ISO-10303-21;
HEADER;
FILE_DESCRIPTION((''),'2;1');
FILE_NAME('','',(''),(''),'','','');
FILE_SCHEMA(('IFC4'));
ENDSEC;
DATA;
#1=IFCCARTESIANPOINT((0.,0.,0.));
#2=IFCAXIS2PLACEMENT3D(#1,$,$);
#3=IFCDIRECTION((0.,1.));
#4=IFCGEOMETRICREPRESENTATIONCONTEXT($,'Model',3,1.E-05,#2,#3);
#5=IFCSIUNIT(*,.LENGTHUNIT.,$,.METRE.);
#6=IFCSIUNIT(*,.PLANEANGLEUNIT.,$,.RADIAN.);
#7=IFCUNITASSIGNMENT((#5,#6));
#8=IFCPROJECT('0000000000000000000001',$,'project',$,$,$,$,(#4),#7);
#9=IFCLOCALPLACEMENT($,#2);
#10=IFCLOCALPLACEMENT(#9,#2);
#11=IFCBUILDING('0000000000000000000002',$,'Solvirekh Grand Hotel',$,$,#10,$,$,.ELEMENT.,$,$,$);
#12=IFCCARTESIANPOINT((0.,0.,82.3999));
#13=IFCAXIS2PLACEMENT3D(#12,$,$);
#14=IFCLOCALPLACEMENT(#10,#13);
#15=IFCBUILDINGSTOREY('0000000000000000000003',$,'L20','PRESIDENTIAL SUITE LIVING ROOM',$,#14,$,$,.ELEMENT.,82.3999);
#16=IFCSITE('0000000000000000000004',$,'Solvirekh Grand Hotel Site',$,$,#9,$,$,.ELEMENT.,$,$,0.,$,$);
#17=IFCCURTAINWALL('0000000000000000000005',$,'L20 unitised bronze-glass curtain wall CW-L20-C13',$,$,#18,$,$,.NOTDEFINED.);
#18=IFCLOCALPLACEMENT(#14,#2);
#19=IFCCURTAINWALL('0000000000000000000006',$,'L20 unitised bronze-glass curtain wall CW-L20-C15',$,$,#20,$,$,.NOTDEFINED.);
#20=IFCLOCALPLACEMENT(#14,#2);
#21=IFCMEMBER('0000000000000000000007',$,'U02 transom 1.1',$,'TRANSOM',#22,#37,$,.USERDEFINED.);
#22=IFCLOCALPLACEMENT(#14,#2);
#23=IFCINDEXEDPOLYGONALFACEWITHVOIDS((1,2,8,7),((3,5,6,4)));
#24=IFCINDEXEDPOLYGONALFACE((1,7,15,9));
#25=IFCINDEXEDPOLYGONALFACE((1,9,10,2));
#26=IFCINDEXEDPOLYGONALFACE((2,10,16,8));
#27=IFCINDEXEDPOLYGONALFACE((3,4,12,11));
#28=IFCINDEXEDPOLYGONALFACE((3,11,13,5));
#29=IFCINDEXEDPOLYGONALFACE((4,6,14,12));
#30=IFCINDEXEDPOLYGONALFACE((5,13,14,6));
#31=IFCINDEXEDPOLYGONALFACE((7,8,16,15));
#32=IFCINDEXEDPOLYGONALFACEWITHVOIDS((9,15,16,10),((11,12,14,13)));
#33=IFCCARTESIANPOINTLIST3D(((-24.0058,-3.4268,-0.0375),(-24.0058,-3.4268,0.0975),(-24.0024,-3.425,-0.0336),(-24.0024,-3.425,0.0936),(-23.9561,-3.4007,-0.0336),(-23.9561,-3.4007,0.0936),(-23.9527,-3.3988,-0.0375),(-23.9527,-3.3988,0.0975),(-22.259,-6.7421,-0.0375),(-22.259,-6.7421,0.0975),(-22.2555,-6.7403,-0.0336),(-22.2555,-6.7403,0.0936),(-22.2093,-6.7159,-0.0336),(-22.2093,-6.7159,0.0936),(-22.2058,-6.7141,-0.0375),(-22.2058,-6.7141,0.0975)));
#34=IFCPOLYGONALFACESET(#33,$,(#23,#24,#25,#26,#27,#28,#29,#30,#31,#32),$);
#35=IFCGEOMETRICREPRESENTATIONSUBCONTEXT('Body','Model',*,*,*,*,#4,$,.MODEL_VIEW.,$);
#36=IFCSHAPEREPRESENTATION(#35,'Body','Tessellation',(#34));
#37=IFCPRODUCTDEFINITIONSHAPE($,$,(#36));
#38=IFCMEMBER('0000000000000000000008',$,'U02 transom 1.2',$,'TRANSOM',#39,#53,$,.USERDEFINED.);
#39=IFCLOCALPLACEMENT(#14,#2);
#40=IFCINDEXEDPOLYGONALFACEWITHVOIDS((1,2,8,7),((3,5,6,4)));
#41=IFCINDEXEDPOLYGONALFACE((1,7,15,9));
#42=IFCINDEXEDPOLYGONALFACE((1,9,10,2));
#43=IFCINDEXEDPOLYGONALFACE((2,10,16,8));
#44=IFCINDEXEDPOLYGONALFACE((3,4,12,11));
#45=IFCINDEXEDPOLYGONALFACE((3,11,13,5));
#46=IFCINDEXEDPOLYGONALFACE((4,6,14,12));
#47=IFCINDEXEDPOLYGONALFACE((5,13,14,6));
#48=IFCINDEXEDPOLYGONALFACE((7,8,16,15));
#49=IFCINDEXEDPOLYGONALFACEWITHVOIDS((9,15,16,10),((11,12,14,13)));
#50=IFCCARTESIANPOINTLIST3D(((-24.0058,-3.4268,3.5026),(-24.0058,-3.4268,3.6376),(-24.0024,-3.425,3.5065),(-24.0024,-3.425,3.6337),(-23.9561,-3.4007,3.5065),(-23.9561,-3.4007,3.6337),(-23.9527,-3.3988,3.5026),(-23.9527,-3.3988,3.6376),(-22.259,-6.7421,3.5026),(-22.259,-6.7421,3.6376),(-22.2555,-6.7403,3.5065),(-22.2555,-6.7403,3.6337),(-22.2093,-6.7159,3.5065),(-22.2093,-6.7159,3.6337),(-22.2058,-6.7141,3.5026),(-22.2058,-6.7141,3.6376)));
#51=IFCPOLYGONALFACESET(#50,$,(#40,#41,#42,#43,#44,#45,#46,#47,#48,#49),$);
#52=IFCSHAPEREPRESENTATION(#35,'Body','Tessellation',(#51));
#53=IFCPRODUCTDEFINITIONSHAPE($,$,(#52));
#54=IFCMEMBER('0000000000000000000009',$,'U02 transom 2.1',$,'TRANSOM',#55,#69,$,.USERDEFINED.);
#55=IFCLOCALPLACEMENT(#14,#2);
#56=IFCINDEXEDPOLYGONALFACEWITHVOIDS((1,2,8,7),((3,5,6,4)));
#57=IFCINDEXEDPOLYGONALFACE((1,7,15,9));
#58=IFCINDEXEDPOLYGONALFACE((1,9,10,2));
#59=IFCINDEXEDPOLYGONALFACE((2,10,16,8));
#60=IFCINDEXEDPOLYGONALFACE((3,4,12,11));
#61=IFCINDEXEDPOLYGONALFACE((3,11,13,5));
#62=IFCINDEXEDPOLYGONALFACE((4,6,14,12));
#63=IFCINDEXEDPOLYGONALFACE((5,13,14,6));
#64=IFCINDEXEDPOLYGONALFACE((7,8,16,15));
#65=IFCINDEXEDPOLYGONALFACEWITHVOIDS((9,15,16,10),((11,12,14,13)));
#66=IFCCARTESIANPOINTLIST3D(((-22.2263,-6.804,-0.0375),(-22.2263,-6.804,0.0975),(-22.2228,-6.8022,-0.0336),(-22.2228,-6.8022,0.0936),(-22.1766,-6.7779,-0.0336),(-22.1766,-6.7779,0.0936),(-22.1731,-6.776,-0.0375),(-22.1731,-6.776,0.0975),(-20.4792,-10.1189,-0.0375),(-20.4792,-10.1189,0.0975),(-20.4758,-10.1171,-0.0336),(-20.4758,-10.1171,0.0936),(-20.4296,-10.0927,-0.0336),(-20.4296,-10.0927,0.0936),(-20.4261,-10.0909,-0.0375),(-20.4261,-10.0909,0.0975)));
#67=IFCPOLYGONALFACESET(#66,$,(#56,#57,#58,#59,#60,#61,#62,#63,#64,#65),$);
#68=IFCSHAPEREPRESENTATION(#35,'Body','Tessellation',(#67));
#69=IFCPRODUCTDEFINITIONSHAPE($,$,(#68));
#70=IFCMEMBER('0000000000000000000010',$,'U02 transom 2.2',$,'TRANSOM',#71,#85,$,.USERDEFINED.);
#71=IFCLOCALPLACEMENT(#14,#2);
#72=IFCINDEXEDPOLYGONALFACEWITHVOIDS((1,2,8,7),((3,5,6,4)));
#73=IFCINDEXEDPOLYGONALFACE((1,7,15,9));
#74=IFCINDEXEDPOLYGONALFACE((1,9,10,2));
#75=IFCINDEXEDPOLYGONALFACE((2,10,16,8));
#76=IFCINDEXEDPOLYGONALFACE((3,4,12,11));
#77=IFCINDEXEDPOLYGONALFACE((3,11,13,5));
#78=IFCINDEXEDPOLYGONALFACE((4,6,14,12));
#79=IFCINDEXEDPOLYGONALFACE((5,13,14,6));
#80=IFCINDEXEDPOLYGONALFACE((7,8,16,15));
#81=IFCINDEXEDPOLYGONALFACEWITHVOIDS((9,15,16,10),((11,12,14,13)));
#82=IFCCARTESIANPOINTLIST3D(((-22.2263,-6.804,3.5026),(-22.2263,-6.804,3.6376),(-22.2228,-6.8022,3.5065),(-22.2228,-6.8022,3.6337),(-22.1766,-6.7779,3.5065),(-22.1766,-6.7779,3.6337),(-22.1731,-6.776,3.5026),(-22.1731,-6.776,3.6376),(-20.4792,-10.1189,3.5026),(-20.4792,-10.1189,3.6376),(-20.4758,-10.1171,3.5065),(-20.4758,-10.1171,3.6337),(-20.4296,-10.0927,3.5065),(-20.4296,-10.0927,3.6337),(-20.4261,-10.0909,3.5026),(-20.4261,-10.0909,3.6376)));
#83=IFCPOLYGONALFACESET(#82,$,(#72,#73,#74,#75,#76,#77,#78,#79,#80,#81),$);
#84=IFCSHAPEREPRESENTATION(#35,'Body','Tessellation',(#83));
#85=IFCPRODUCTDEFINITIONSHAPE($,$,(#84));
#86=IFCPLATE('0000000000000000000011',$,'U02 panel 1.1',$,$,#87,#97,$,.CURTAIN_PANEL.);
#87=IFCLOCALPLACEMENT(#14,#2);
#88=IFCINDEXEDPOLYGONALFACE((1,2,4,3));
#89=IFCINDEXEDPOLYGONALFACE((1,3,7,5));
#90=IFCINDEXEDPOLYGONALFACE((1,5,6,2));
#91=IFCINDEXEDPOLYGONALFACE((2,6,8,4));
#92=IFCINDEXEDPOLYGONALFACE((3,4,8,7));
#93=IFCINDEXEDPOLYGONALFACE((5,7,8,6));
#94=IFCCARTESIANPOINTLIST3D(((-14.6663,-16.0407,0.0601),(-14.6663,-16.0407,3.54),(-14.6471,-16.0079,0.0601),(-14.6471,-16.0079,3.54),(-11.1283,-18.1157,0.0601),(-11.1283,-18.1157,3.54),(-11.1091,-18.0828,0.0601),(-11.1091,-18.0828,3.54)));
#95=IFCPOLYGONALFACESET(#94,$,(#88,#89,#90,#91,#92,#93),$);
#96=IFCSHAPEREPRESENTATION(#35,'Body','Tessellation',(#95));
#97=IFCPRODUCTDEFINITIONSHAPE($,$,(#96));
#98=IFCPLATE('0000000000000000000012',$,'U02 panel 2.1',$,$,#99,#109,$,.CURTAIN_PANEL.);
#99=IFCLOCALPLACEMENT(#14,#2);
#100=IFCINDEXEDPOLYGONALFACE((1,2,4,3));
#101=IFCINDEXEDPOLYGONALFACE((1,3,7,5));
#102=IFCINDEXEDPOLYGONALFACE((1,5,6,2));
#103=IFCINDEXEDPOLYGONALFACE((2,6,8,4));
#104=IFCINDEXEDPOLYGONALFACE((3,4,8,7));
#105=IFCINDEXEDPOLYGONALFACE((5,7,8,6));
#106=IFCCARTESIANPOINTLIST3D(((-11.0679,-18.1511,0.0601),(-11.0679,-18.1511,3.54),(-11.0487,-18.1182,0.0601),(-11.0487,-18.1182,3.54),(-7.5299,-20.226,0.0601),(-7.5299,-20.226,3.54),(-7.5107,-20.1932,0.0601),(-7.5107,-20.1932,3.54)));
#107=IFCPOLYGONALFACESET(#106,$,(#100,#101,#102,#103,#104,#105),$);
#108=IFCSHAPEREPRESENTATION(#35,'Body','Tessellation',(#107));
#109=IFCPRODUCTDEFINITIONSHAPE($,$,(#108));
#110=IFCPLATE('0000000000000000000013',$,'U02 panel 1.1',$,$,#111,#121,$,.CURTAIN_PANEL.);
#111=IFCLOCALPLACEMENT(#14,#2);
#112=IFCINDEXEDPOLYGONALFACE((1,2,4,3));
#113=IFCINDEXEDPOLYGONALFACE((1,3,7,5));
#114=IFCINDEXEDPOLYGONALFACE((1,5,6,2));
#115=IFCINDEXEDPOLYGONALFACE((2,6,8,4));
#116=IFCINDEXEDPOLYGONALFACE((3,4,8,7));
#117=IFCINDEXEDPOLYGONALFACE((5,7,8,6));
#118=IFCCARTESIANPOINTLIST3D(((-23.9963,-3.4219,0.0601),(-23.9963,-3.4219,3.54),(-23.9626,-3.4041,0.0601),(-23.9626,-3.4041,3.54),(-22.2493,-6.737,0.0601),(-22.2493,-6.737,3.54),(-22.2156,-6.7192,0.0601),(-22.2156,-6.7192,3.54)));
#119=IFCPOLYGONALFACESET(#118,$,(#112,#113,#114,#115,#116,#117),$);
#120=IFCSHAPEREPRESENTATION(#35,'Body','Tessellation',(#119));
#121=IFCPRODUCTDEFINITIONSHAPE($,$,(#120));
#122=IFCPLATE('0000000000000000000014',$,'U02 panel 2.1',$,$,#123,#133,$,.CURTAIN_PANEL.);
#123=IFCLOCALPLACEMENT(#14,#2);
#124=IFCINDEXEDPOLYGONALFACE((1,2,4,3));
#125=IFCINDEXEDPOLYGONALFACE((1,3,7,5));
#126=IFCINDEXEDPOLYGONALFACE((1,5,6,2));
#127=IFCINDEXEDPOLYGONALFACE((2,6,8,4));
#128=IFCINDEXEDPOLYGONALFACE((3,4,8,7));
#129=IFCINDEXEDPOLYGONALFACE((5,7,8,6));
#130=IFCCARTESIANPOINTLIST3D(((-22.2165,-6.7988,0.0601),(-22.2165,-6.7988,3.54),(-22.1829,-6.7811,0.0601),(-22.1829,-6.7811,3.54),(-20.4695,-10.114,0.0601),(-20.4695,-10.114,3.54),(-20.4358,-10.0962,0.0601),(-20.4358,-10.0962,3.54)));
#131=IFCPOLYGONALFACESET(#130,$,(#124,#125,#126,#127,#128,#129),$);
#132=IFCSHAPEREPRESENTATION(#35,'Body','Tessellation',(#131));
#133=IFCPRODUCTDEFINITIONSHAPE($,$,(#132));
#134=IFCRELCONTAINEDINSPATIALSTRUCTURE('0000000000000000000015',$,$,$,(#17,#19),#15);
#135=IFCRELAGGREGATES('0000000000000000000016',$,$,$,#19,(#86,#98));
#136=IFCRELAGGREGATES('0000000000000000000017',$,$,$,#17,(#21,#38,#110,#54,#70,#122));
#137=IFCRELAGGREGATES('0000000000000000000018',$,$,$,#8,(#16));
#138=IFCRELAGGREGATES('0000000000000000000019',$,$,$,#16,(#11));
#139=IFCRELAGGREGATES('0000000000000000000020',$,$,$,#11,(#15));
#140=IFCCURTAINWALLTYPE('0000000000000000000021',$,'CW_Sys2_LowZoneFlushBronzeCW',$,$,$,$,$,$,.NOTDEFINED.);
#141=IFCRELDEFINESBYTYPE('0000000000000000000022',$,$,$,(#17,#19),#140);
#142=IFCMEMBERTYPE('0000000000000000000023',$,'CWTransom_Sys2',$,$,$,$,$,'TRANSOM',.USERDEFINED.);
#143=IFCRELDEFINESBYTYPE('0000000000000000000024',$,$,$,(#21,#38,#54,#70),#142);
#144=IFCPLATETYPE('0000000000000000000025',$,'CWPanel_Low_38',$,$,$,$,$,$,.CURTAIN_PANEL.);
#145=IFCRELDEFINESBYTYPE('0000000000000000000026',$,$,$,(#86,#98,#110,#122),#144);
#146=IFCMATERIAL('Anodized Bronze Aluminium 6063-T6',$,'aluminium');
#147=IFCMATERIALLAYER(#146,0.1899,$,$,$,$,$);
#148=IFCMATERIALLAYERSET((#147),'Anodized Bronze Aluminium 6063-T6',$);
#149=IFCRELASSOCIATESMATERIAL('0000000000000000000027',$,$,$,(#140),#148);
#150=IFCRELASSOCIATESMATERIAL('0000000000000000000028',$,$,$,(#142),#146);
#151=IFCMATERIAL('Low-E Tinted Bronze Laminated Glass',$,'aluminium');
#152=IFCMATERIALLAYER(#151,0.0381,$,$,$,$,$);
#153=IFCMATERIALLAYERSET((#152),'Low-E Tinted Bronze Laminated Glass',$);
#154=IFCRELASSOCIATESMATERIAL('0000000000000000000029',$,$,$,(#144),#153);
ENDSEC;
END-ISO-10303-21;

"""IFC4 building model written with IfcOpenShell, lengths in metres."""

from ifc_helpers import new_model, si_unit, direction, frame, origin, origin_2d, place, context, subcontext, project, spatial, rectangle, hollow_rectangle, extrude, source, transform, mapped, material, layer, layer_set, material_profile, profile_set, type_object, element, aggregate, save


model = new_model("IFC4")

# Units and contexts
model_context = context("Model", 3, precision=1e-05, world=origin(), true_north=direction((0.0, 1.0)))
body_context = subcontext(model_context, "Body", "Model", "MODEL_VIEW")
ifc_project = project(units=[si_unit("LENGTHUNIT", "METRE"), si_unit("PLANEANGLEUNIT", "RADIAN")], contexts=[model_context])

# Site, building, storey
site_placement = place(None, origin())
site = spatial("IfcSite", under=ifc_project, at=site_placement, Name="Solvirekh Grand Hotel Site", CompositionType="ELEMENT", RefElevation=0.0)
building_placement = place(site_placement, origin())
building = spatial("IfcBuilding", under=site, at=building_placement, Name="Solvirekh Grand Hotel", CompositionType="ELEMENT")
storey_placement = place(building_placement, frame((0.0, 0.0, 82.3999)))
storey = spatial("IfcBuildingStorey", under=building, at=storey_placement, Name="L20", Description="PRESIDENTIAL SUITE LIVING ROOM", CompositionType="ELEMENT", Elevation=82.3999)

# Curtain walls
ifc_material_1 = material(Name="Anodized Bronze Aluminium 6063-T6", Category="aluminium")
ifc_layer_1 = layer(ifc_material_1, 0.1899)
ifc_layer_set_1 = layer_set([ifc_layer_1], Name="Anodized Bronze Aluminium 6063-T6")
curtain_wall_type = type_object("IfcCurtainWallType", Name="CW_Sys2_LowZoneFlushBronzeCW", PredefinedType="NOTDEFINED", material=ifc_layer_set_1)
curtain_wall_1_placement = place(storey_placement, origin())
curtain_wall_1 = element("IfcCurtainWall", 1, at=curtain_wall_1_placement, inside=storey, type_object=curtain_wall_type, Name="L20 unitised bronze-glass curtain wall CW-L20-C13", PredefinedType="NOTDEFINED")
curtain_wall_2_placement = place(storey_placement, origin())
curtain_wall_2 = element("IfcCurtainWall", 2, at=curtain_wall_2_placement, inside=storey, type_object=curtain_wall_type, Name="L20 unitised bronze-glass curtain wall CW-L20-C15", PredefinedType="NOTDEFINED")
ifc_material_profile_1 = material_profile(ifc_material_1, hollow_rectangle(XDim=0.0601, YDim=0.135, WallThickness=0.0039, at=origin_2d()), Name="ALU RHS 135X60X4")
ifc_profile_set_1 = profile_set([ifc_material_profile_1], Name="Anodized Bronze Aluminium 6063-T6")
member_type_1 = type_object("IfcMemberType", Name="CWTransom_Sys2", ElementType="TRANSOM", PredefinedType="USERDEFINED", material=ifc_profile_set_1)

# Members
shared_shape_1 = source(origin(), body_context, "Body", "SweptSolid", [
    extrude(hollow_rectangle(XDim=0.0601, YDim=0.135, WallThickness=0.0039, at=origin_2d()), origin(), (0.0, 0.0, 1.0), 3.7473),
])
member_1_placement = place(storey_placement, frame((-23.9792, -3.4128, 0.03), z_axis=(0.466163, -0.884699, 0.0), x_axis=(0.884699, 0.466163, 0.0)))
member_1 = element("IfcMember", 3, at=member_1_placement, type_object=member_type_1, Name="U02 transom 1.1", ObjectType="TRANSOM", PredefinedType="USERDEFINED", context=body_context, shape_type="MappedRepresentation", body=[
    mapped(shared_shape_1, transform((0.0, 0.0, 0.0), x_axis=(1.0, 0.0, 0.0), y_axis=(0.0, 1.0, 0.0), z_axis=(0.0, 0.0, 1.0), scale=1.0)),
])
member_2_placement = place(storey_placement, frame((-23.9792, -3.4128, 3.5701), z_axis=(0.466163, -0.884699, 0.0), x_axis=(0.884699, 0.466163, 0.0)))
member_2 = element("IfcMember", 4, at=member_2_placement, type_object=member_type_1, Name="U02 transom 1.2", ObjectType="TRANSOM", PredefinedType="USERDEFINED", context=body_context, shape_type="MappedRepresentation", body=[
    mapped(shared_shape_1, transform((0.0, 0.0, 0.0), x_axis=(1.0, 0.0, 0.0), y_axis=(0.0, 1.0, 0.0), z_axis=(0.0, 0.0, 1.0), scale=1.0)),
])
shared_shape_2 = source(origin(), body_context, "Body", "SweptSolid", [
    extrude(hollow_rectangle(XDim=0.0601, YDim=0.135, WallThickness=0.0039, at=origin_2d()), origin(), (0.0, 0.0, 1.0), 3.7471),
])
member_3_placement = place(storey_placement, frame((-22.1997, -6.79, 0.03), z_axis=(0.46624, -0.884658, 0.0), x_axis=(0.884658, 0.46624, 0.0)))
member_3 = element("IfcMember", 5, at=member_3_placement, type_object=member_type_1, Name="U02 transom 2.1", ObjectType="TRANSOM", PredefinedType="USERDEFINED", context=body_context, shape_type="MappedRepresentation", body=[
    mapped(shared_shape_2, transform((0.0, 0.0, 0.0), x_axis=(1.0, 0.0, 0.0), y_axis=(0.0, 1.0, 0.0), z_axis=(0.0, 0.0, 1.0), scale=1.0)),
])
member_4_placement = place(storey_placement, frame((-22.1997, -6.79, 3.5701), z_axis=(0.46624, -0.884658, 0.0), x_axis=(0.884658, 0.46624, 0.0)))
member_4 = element("IfcMember", 6, at=member_4_placement, type_object=member_type_1, Name="U02 transom 2.2", ObjectType="TRANSOM", PredefinedType="USERDEFINED", context=body_context, shape_type="MappedRepresentation", body=[
    mapped(shared_shape_2, transform((0.0, 0.0, 0.0), x_axis=(1.0, 0.0, 0.0), y_axis=(0.0, 1.0, 0.0), z_axis=(0.0, 0.0, 1.0), scale=1.0)),
])

# Plates
ifc_material_2 = material(Name="Low-E Tinted Bronze Laminated Glass", Category="aluminium")
ifc_layer_2 = layer(ifc_material_2, 0.0381)
ifc_layer_set_2 = layer_set([ifc_layer_2], Name="Low-E Tinted Bronze Laminated Glass")
plate_type = type_object("IfcPlateType", Name="CWPanel_Low_38", PredefinedType="CURTAIN_PANEL", material=ifc_layer_set_2)
shared_shape_3 = source(origin(), body_context, "Body", "SweptSolid", [
    extrude(rectangle(XDim=4.1016, YDim=0.0381, at=origin_2d()), origin(), (0.0, 0.0, 1.0), 3.48),
])
plate_1_placement = place(storey_placement, frame((-12.8877, -17.0618, 0.0601), z_axis=(0.0, 0.0, 1.0), x_axis=(0.8626, -0.505887, 0.0)))
plate_1 = element("IfcPlate", 7, at=plate_1_placement, type_object=plate_type, Name="U02 panel 1.1", PredefinedType="CURTAIN_PANEL", context=body_context, shape_type="MappedRepresentation", body=[
    mapped(shared_shape_3, transform((0.0, 0.0, 0.0), x_axis=(1.0, 0.0, 0.0), y_axis=(0.0, 1.0, 0.0), z_axis=(0.0, 0.0, 1.0), scale=1.0)),
])
plate_2_placement = place(storey_placement, frame((-9.2893, -19.1721, 0.0601), z_axis=(0.0, 0.0, 1.0), x_axis=(0.8626, -0.505887, 0.0)))
plate_2 = element("IfcPlate", 8, at=plate_2_placement, type_object=plate_type, Name="U02 panel 2.1", PredefinedType="CURTAIN_PANEL", context=body_context, shape_type="MappedRepresentation", body=[
    mapped(shared_shape_3, transform((0.0, 0.0, 0.0), x_axis=(1.0, 0.0, 0.0), y_axis=(0.0, 1.0, 0.0), z_axis=(0.0, 0.0, 1.0), scale=1.0)),
])
aggregate(curtain_wall_2, [plate_1, plate_2])
shared_shape_4 = source(origin(), body_context, "Body", "SweptSolid", [
    extrude(rectangle(XDim=3.7473, YDim=0.0381, at=origin_2d()), origin(), (0.0, 0.0, 1.0), 3.48),
])
plate_3_placement = place(storey_placement, frame((-23.106, -5.0706, 0.0601), z_axis=(0.0, 0.0, 1.0), x_axis=(0.466217, -0.88467, 0.0)))
plate_3 = element("IfcPlate", 9, at=plate_3_placement, type_object=plate_type, Name="U02 panel 1.1", PredefinedType="CURTAIN_PANEL", context=body_context, shape_type="MappedRepresentation", body=[
    mapped(shared_shape_4, transform((0.0, 0.0, 0.0), x_axis=(1.0, 0.0, 0.0), y_axis=(0.0, 1.0, 0.0), z_axis=(0.0, 0.0, 1.0), scale=1.0)),
])
plate_4_placement = place(storey_placement, frame((-21.3262, -8.4475, 0.0601), z_axis=(0.0, 0.0, 1.0), x_axis=(0.466217, -0.88467, 0.0)))
plate_4 = element("IfcPlate", 10, at=plate_4_placement, type_object=plate_type, Name="U02 panel 2.1", PredefinedType="CURTAIN_PANEL", context=body_context, shape_type="MappedRepresentation", body=[
    mapped(shared_shape_4, transform((0.0, 0.0, 0.0), x_axis=(1.0, 0.0, 0.0), y_axis=(0.0, 1.0, 0.0), z_axis=(0.0, 0.0, 1.0), scale=1.0)),
])
aggregate(curtain_wall_1, [member_1, member_2, plate_3, member_3, member_4, plate_4])

save(model, "model.ifc")
